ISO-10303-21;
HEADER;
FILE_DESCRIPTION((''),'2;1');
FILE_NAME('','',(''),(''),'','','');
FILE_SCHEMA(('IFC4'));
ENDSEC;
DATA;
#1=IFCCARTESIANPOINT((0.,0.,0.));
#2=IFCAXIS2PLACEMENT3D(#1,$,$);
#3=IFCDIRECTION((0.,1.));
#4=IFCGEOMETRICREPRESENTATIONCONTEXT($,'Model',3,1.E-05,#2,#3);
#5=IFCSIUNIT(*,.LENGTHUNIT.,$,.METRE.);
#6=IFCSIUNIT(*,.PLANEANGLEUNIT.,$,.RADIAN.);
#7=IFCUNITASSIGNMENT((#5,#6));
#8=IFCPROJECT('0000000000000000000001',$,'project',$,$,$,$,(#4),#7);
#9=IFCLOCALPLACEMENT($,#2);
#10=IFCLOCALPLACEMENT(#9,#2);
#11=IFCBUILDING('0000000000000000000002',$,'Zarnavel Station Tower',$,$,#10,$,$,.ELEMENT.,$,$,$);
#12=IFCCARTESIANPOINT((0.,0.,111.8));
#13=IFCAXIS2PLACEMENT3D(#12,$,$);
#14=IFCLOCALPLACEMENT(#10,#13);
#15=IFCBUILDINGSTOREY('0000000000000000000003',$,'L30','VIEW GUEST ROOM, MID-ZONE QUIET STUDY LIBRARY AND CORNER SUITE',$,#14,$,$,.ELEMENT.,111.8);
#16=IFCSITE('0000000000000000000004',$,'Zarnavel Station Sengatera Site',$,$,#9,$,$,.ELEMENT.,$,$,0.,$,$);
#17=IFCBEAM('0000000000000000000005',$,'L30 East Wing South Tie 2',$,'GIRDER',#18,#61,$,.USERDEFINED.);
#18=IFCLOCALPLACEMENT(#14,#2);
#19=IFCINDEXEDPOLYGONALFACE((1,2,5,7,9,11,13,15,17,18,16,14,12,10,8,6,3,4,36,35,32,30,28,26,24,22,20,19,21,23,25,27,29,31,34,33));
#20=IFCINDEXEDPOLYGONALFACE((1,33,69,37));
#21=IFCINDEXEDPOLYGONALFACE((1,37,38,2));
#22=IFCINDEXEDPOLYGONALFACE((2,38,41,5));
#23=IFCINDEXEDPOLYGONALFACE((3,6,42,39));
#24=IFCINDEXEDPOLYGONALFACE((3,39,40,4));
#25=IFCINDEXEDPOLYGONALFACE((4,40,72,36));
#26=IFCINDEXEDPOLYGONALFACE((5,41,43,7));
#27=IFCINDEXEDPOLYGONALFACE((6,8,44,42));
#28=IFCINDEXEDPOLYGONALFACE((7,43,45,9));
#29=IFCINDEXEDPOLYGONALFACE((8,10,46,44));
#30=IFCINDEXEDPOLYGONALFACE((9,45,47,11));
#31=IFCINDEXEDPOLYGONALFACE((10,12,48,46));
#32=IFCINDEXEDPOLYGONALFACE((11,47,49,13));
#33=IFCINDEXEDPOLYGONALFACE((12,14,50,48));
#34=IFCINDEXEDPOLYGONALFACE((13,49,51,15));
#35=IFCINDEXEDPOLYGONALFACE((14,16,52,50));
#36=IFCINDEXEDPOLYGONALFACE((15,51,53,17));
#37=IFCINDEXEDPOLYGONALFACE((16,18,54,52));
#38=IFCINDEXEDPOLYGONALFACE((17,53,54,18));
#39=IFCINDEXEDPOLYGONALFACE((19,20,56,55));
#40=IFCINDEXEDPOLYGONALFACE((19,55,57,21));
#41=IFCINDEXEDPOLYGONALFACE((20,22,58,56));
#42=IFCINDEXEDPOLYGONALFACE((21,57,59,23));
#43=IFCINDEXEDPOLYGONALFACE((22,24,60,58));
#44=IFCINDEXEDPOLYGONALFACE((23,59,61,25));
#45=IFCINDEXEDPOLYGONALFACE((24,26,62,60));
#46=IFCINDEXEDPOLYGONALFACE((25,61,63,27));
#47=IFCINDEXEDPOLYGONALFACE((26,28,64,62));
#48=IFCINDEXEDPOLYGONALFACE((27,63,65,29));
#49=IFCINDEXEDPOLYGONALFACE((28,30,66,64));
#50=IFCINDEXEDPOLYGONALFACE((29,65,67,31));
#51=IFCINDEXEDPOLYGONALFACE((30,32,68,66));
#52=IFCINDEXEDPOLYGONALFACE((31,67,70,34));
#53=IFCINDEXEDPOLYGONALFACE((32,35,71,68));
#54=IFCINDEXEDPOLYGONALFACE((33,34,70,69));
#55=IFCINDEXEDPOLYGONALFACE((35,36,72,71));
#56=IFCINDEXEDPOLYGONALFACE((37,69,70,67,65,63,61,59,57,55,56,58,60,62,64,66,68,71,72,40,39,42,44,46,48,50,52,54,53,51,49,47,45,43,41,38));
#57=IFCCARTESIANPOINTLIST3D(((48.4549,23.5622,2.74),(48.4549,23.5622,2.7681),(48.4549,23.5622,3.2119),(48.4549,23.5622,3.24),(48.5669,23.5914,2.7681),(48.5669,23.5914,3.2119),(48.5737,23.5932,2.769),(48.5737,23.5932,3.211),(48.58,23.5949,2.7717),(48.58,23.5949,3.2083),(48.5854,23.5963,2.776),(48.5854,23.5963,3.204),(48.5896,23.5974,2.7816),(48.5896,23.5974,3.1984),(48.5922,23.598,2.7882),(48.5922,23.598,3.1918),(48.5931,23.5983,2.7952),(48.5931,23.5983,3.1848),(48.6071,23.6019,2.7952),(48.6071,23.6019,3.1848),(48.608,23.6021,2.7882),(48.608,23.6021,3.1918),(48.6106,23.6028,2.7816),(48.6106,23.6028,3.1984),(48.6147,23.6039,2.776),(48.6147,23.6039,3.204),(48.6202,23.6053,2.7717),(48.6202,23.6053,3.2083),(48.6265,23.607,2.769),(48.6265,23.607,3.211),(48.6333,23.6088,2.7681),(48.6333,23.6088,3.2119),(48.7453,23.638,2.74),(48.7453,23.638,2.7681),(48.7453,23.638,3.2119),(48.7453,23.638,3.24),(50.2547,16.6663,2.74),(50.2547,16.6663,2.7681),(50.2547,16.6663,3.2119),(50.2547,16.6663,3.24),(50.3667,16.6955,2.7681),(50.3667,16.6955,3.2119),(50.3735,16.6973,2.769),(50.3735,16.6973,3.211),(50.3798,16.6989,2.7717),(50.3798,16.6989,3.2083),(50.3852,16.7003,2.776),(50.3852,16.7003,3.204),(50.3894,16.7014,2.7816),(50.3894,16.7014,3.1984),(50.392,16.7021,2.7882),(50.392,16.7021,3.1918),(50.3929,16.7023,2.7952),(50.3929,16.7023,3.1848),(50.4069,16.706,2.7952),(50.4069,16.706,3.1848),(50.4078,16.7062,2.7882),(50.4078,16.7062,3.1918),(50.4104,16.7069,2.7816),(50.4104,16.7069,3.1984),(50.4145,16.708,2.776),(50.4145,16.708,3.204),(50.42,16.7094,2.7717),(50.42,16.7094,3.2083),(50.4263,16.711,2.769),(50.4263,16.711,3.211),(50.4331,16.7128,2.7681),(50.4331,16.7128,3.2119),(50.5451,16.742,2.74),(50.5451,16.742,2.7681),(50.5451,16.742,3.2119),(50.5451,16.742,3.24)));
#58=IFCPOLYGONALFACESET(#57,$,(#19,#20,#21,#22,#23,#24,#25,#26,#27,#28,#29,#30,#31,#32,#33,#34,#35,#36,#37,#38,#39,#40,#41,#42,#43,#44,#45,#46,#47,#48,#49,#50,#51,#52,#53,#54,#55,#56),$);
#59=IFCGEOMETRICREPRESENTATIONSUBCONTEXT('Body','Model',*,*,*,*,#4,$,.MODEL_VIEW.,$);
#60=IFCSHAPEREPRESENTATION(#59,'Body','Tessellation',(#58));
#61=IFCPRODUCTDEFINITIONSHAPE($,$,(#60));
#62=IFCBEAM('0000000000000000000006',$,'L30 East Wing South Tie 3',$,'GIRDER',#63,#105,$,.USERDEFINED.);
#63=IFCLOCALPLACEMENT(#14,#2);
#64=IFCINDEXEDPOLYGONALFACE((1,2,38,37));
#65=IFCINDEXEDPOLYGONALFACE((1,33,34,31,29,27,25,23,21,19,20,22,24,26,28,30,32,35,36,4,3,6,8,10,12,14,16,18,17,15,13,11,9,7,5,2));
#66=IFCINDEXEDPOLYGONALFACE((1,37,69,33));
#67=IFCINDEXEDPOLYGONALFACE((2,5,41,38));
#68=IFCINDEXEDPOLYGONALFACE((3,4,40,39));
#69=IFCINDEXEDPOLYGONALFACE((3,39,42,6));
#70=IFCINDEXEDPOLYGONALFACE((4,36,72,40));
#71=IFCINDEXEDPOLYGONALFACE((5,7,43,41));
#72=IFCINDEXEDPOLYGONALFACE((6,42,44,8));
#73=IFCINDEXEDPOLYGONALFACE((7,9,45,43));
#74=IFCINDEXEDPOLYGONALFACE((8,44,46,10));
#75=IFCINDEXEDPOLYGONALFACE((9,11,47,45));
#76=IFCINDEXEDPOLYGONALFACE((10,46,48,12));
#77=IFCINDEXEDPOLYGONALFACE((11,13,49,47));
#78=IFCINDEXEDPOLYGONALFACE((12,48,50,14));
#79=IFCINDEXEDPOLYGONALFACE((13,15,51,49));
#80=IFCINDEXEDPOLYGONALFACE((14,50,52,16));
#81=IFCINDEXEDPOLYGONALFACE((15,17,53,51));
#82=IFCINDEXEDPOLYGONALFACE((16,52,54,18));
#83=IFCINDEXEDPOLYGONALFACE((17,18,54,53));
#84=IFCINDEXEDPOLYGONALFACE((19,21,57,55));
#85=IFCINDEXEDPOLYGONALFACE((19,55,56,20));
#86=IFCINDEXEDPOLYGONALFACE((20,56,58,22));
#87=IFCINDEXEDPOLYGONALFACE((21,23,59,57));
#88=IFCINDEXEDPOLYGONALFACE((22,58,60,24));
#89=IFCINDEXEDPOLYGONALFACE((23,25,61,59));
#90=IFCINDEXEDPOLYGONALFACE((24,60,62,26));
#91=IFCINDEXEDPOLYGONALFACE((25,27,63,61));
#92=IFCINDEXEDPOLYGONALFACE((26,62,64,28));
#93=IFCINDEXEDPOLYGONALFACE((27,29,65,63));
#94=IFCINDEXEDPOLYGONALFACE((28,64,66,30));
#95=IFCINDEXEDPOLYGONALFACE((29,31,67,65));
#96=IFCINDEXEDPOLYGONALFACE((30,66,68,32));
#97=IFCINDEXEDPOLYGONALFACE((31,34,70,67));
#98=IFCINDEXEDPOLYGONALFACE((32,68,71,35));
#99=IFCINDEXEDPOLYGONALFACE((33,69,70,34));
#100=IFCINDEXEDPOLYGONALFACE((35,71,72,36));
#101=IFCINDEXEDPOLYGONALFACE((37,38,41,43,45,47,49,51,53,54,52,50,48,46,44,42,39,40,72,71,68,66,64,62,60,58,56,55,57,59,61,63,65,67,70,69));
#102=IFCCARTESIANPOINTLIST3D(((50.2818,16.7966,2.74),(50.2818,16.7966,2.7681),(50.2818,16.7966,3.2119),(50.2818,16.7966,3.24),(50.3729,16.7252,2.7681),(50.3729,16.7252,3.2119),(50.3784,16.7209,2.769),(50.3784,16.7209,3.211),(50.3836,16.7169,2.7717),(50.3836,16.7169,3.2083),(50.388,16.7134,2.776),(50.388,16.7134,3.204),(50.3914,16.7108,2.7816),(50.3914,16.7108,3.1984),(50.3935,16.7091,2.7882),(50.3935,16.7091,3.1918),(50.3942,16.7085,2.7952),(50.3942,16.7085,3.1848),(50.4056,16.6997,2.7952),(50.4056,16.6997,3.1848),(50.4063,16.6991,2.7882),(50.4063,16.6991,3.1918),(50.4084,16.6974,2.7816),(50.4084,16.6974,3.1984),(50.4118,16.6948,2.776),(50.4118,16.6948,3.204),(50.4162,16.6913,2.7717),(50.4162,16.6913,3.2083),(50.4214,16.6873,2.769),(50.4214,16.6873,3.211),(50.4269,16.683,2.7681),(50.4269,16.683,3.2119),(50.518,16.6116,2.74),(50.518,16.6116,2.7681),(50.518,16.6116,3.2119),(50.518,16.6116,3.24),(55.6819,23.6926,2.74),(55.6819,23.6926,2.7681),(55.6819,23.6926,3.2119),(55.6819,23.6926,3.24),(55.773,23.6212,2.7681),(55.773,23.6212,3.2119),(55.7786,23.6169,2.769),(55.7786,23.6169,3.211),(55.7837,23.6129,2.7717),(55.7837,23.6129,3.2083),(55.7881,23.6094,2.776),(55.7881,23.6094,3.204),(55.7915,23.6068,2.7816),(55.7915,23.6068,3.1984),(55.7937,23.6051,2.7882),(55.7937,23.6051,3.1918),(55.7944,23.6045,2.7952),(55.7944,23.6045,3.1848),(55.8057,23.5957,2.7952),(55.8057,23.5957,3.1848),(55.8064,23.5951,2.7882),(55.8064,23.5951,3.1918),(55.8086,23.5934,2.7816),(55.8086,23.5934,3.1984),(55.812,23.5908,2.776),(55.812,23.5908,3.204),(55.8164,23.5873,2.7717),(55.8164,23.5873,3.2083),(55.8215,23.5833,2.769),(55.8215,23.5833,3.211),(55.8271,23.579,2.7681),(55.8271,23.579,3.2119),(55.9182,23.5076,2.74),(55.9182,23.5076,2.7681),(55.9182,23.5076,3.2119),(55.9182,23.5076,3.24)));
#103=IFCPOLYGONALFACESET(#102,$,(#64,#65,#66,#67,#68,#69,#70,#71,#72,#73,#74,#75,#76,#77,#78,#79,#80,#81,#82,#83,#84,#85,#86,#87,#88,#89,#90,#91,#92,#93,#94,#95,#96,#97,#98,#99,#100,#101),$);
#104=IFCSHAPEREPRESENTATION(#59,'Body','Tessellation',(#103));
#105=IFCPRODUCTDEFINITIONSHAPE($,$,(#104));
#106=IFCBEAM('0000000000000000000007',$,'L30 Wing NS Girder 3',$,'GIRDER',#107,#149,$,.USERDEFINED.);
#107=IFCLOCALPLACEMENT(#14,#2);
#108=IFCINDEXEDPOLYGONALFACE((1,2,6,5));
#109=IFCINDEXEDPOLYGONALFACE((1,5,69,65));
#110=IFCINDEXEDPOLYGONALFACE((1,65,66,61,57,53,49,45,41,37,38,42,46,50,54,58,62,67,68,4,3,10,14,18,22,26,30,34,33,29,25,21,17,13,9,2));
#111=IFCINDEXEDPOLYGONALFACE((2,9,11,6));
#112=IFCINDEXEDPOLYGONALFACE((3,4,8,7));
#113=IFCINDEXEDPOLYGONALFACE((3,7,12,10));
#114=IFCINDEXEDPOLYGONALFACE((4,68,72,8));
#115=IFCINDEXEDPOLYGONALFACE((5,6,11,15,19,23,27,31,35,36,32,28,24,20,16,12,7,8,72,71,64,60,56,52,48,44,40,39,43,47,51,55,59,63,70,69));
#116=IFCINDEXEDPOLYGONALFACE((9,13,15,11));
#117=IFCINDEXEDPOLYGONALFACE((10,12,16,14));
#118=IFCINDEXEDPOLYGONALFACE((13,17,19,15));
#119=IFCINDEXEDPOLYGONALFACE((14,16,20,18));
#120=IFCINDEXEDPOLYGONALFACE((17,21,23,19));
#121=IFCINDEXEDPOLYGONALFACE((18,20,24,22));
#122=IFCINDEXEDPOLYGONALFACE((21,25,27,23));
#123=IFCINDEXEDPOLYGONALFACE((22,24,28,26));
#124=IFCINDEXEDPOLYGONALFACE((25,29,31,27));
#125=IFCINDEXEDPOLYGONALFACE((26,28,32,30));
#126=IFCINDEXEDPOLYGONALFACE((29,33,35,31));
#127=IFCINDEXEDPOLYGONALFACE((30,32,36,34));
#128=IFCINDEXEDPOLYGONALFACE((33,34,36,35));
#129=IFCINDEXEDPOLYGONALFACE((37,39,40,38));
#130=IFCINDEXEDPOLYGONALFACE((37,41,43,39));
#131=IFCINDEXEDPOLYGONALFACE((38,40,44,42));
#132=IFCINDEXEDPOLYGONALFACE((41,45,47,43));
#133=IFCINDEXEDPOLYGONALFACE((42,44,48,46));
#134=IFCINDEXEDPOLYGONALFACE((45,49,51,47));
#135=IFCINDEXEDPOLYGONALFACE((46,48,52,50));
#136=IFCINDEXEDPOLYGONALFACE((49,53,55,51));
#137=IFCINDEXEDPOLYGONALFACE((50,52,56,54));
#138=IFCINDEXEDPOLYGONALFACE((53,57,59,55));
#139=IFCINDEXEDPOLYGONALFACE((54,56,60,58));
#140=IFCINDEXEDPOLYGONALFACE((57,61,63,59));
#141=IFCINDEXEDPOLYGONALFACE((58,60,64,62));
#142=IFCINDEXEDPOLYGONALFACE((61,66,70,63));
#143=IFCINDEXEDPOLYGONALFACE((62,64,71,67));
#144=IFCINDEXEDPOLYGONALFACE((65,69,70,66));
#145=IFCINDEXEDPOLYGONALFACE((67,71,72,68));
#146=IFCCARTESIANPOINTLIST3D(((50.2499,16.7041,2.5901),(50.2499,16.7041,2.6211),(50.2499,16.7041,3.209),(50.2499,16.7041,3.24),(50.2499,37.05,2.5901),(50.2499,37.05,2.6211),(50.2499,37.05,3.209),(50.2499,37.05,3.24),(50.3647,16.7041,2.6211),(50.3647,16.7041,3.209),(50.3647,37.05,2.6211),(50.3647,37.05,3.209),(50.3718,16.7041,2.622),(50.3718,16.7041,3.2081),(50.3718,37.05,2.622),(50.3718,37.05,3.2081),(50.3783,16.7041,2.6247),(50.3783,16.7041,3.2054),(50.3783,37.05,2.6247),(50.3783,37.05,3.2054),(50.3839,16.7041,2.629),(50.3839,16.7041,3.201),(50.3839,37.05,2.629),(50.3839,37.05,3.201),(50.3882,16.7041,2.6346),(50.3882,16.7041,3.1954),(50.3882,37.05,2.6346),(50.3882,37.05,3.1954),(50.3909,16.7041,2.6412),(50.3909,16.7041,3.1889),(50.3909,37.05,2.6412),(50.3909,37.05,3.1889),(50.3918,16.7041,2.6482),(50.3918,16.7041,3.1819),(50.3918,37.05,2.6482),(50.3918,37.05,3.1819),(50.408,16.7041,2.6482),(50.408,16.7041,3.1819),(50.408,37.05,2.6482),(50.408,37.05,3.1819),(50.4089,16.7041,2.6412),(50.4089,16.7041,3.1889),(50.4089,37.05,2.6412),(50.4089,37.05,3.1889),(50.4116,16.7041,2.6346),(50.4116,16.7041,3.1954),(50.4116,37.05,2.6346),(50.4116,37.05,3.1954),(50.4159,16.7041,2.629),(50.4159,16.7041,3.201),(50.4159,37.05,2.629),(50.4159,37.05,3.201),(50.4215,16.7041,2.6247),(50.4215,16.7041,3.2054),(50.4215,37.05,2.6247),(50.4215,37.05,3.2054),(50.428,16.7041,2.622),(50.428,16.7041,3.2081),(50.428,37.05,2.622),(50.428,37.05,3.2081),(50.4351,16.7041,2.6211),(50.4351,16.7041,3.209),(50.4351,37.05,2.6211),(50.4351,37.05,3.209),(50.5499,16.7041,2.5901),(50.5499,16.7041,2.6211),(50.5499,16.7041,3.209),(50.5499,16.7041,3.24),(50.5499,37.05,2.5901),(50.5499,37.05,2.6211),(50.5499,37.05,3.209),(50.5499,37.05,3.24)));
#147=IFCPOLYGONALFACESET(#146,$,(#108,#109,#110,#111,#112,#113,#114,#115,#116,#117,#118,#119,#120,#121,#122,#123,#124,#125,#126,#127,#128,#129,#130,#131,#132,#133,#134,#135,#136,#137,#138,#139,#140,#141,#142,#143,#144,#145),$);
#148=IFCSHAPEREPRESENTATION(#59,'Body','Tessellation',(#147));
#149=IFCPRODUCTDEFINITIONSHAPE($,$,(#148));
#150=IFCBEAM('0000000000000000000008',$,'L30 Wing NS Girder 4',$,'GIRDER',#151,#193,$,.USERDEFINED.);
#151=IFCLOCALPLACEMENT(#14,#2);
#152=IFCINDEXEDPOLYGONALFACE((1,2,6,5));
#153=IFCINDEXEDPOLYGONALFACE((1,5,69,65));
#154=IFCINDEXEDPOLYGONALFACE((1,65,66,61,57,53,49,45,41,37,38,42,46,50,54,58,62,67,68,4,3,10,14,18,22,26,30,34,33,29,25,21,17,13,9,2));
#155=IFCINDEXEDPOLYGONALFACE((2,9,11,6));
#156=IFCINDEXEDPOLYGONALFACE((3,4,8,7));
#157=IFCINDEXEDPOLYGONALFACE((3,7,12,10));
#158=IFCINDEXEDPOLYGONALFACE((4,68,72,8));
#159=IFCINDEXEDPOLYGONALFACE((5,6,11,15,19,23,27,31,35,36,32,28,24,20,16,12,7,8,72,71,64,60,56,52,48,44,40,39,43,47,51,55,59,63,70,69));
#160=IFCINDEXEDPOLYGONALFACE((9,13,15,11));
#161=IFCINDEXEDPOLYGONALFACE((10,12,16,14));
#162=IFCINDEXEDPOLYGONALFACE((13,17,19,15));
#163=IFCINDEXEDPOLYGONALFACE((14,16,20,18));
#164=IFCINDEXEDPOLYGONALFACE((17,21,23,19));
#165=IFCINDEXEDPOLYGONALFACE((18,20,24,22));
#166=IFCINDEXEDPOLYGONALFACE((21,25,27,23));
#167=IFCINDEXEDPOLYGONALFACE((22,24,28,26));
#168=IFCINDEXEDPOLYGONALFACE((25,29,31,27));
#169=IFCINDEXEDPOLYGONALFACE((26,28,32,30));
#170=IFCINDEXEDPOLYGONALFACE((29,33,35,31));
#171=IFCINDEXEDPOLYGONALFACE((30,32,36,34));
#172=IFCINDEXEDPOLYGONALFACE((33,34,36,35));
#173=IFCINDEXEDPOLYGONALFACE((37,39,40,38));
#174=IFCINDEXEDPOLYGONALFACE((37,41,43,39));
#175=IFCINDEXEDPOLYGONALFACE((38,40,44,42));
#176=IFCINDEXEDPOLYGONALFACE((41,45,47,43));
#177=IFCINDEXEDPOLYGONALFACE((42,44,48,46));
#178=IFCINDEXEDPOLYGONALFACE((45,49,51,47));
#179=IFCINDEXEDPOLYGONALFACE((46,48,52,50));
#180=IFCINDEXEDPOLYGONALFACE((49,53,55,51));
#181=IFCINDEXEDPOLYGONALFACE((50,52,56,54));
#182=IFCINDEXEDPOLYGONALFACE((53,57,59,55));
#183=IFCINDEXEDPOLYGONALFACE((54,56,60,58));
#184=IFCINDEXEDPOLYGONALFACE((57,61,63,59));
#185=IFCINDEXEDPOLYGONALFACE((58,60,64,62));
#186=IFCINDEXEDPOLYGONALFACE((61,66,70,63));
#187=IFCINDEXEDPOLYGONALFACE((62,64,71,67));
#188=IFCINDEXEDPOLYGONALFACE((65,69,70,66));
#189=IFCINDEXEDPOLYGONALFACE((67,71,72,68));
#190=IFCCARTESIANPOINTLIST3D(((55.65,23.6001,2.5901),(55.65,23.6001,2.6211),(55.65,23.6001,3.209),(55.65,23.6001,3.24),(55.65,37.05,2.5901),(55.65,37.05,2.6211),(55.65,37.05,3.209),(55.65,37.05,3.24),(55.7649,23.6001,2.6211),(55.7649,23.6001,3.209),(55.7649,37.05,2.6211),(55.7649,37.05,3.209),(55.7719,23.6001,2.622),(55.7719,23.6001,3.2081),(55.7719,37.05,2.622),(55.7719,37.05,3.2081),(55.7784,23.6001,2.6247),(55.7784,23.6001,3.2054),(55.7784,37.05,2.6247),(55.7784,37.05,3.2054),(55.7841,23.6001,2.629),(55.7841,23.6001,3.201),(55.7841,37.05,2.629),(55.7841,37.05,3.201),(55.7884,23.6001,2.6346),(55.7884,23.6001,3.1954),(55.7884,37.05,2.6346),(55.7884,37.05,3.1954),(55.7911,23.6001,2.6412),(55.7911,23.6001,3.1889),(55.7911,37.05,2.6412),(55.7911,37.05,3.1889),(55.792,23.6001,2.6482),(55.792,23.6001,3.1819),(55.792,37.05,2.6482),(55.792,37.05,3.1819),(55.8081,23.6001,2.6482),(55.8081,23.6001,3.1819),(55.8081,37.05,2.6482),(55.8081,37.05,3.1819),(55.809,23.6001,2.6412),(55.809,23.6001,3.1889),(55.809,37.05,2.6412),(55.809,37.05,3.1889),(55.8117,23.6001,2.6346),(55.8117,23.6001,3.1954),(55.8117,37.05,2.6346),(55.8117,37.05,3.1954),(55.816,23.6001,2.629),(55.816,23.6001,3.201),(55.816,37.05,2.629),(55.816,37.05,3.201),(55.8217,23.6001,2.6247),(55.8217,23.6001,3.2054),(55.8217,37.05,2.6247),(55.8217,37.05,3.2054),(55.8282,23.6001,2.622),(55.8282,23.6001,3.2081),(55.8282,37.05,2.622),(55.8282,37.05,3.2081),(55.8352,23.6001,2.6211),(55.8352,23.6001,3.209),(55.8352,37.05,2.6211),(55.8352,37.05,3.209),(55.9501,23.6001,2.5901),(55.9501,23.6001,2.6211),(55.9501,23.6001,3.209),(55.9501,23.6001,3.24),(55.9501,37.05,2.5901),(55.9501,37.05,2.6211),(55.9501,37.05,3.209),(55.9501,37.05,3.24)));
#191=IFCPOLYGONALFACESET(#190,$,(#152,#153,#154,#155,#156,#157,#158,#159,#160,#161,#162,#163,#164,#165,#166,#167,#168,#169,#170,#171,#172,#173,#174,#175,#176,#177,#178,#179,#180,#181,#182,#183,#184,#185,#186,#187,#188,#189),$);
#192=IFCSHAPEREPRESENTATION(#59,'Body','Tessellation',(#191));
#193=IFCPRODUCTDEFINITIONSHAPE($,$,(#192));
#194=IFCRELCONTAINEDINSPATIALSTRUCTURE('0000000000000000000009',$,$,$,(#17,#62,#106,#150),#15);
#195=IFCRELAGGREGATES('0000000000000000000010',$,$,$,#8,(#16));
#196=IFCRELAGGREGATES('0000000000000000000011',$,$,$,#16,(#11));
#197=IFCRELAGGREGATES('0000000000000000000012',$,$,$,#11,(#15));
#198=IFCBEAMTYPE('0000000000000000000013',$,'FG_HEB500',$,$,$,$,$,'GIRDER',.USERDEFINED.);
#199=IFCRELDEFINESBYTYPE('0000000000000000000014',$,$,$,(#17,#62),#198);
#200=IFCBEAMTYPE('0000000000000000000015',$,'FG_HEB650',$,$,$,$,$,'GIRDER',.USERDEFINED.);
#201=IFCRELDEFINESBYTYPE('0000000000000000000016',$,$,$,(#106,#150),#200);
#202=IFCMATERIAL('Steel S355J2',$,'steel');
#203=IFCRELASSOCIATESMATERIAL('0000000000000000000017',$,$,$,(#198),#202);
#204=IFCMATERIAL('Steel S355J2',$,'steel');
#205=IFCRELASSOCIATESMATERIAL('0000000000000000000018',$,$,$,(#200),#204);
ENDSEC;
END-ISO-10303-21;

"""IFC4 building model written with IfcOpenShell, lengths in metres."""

from ifc_helpers import new_model, si_unit, direction, frame, origin, origin_2d, place, context, subcontext, project, spatial, i_section, extrude, material, material_profile, profile_set, type_object, element, save


model = new_model("IFC4")

# Units and contexts
model_context = context("Model", 3, precision=1e-05, world=origin(), true_north=direction((0.0, 1.0)))
body_context = subcontext(model_context, "Body", "Model", "MODEL_VIEW")
ifc_project = project(units=[si_unit("LENGTHUNIT", "METRE"), si_unit("PLANEANGLEUNIT", "RADIAN")], contexts=[model_context])

# Site, building, storey
site_placement = place(None, origin())
site = spatial("IfcSite", under=ifc_project, at=site_placement, Name="Zarnavel Station Sengatera Site", CompositionType="ELEMENT", RefElevation=0.0)
building_placement = place(site_placement, origin())
building = spatial("IfcBuilding", under=site, at=building_placement, Name="Zarnavel Station Tower", CompositionType="ELEMENT")
storey_placement = place(building_placement, frame((0.0, 0.0, 111.8)))
storey = spatial("IfcBuildingStorey", under=building, at=storey_placement, Name="L30", Description="VIEW GUEST ROOM, MID-ZONE QUIET STUDY LIBRARY AND CORNER SUITE", CompositionType="ELEMENT", Elevation=111.8)

# Beams
ifc_material_1 = material(Name="Steel S355J2", Category="steel")
ifc_material_profile_1 = material_profile(ifc_material_1, i_section(OverallWidth=0.3, OverallDepth=0.5, WebThickness=0.0144, FlangeThickness=0.0281, FilletRadius=0.0271, at=origin_2d()), Name="HEB500")
ifc_profile_set_1 = profile_set([ifc_material_profile_1], Name="Steel S355J2")
beam_type_1 = type_object("IfcBeamType", Name="FG_HEB500", ElementType="GIRDER", PredefinedType="USERDEFINED", material=ifc_profile_set_1)
beam_1_placement = place(storey_placement, frame((48.6001, 23.6001, 2.99), z_axis=(0.252533, -0.967588, 0.0), x_axis=(0.967588, 0.252533, 0.0)))
element("IfcBeam", 1, at=beam_1_placement, inside=storey, type_object=beam_type_1, Name="L30 East Wing South Tie 2", ObjectType="GIRDER", PredefinedType="USERDEFINED", context=body_context, shape_type="SweptSolid", body=[
    extrude(i_section(OverallWidth=0.3, OverallDepth=0.5, WebThickness=0.0144, FlangeThickness=0.0281, FilletRadius=0.0271, at=origin_2d()), origin(), (0.0, 0.0, 1.0), 7.127),
])
beam_2_placement = place(storey_placement, frame((50.3999, 16.7041, 2.99), z_axis=(0.61654, 0.787323, 0.0), x_axis=(-0.787323, 0.61654, 0.0)))
element("IfcBeam", 2, at=beam_2_placement, inside=storey, type_object=beam_type_1, Name="L30 East Wing South Tie 3", ObjectType="GIRDER", PredefinedType="USERDEFINED", context=body_context, shape_type="SweptSolid", body=[
    extrude(i_section(OverallWidth=0.3, OverallDepth=0.5, WebThickness=0.0144, FlangeThickness=0.0281, FilletRadius=0.0271, at=origin_2d()), origin(), (0.0, 0.0, 1.0), 8.7588),
])
ifc_material_2 = material(Name="Steel S355J2", Category="steel")
ifc_material_profile_2 = material_profile(ifc_material_2, i_section(OverallWidth=0.3, OverallDepth=0.6499, WebThickness=0.0161, FlangeThickness=0.031, FilletRadius=0.0271, at=origin_2d()), Name="HEB650")
ifc_profile_set_2 = profile_set([ifc_material_profile_2], Name="Steel S355J2")
beam_type_2 = type_object("IfcBeamType", Name="FG_HEB650", ElementType="GIRDER", PredefinedType="USERDEFINED", material=ifc_profile_set_2)
beam_3_placement = place(storey_placement, frame((50.3999, 16.7041, 2.915), z_axis=(0.0, 1.0, 0.0), x_axis=(-1.0, 0.0, 0.0)))
element("IfcBeam", 3, at=beam_3_placement, inside=storey, type_object=beam_type_2, Name="L30 Wing NS Girder 3", ObjectType="GIRDER", PredefinedType="USERDEFINED", context=body_context, shape_type="SweptSolid", body=[
    extrude(i_section(OverallWidth=0.3, OverallDepth=0.6499, WebThickness=0.0161, FlangeThickness=0.031, FilletRadius=0.0271, at=origin_2d()), origin(), (0.0, 0.0, 1.0), 20.3459),
])
beam_4_placement = place(storey_placement, frame((55.8, 23.6001, 2.915), z_axis=(0.0, 1.0, 0.0), x_axis=(-1.0, 0.0, 0.0)))
element("IfcBeam", 4, at=beam_4_placement, inside=storey, type_object=beam_type_2, Name="L30 Wing NS Girder 4", ObjectType="GIRDER", PredefinedType="USERDEFINED", context=body_context, shape_type="SweptSolid", body=[
    extrude(i_section(OverallWidth=0.3, OverallDepth=0.6499, WebThickness=0.0161, FlangeThickness=0.031, FilletRadius=0.0271, at=origin_2d()), origin(), (0.0, 0.0, 1.0), 13.45),
])

save(model, "model.ifc")
